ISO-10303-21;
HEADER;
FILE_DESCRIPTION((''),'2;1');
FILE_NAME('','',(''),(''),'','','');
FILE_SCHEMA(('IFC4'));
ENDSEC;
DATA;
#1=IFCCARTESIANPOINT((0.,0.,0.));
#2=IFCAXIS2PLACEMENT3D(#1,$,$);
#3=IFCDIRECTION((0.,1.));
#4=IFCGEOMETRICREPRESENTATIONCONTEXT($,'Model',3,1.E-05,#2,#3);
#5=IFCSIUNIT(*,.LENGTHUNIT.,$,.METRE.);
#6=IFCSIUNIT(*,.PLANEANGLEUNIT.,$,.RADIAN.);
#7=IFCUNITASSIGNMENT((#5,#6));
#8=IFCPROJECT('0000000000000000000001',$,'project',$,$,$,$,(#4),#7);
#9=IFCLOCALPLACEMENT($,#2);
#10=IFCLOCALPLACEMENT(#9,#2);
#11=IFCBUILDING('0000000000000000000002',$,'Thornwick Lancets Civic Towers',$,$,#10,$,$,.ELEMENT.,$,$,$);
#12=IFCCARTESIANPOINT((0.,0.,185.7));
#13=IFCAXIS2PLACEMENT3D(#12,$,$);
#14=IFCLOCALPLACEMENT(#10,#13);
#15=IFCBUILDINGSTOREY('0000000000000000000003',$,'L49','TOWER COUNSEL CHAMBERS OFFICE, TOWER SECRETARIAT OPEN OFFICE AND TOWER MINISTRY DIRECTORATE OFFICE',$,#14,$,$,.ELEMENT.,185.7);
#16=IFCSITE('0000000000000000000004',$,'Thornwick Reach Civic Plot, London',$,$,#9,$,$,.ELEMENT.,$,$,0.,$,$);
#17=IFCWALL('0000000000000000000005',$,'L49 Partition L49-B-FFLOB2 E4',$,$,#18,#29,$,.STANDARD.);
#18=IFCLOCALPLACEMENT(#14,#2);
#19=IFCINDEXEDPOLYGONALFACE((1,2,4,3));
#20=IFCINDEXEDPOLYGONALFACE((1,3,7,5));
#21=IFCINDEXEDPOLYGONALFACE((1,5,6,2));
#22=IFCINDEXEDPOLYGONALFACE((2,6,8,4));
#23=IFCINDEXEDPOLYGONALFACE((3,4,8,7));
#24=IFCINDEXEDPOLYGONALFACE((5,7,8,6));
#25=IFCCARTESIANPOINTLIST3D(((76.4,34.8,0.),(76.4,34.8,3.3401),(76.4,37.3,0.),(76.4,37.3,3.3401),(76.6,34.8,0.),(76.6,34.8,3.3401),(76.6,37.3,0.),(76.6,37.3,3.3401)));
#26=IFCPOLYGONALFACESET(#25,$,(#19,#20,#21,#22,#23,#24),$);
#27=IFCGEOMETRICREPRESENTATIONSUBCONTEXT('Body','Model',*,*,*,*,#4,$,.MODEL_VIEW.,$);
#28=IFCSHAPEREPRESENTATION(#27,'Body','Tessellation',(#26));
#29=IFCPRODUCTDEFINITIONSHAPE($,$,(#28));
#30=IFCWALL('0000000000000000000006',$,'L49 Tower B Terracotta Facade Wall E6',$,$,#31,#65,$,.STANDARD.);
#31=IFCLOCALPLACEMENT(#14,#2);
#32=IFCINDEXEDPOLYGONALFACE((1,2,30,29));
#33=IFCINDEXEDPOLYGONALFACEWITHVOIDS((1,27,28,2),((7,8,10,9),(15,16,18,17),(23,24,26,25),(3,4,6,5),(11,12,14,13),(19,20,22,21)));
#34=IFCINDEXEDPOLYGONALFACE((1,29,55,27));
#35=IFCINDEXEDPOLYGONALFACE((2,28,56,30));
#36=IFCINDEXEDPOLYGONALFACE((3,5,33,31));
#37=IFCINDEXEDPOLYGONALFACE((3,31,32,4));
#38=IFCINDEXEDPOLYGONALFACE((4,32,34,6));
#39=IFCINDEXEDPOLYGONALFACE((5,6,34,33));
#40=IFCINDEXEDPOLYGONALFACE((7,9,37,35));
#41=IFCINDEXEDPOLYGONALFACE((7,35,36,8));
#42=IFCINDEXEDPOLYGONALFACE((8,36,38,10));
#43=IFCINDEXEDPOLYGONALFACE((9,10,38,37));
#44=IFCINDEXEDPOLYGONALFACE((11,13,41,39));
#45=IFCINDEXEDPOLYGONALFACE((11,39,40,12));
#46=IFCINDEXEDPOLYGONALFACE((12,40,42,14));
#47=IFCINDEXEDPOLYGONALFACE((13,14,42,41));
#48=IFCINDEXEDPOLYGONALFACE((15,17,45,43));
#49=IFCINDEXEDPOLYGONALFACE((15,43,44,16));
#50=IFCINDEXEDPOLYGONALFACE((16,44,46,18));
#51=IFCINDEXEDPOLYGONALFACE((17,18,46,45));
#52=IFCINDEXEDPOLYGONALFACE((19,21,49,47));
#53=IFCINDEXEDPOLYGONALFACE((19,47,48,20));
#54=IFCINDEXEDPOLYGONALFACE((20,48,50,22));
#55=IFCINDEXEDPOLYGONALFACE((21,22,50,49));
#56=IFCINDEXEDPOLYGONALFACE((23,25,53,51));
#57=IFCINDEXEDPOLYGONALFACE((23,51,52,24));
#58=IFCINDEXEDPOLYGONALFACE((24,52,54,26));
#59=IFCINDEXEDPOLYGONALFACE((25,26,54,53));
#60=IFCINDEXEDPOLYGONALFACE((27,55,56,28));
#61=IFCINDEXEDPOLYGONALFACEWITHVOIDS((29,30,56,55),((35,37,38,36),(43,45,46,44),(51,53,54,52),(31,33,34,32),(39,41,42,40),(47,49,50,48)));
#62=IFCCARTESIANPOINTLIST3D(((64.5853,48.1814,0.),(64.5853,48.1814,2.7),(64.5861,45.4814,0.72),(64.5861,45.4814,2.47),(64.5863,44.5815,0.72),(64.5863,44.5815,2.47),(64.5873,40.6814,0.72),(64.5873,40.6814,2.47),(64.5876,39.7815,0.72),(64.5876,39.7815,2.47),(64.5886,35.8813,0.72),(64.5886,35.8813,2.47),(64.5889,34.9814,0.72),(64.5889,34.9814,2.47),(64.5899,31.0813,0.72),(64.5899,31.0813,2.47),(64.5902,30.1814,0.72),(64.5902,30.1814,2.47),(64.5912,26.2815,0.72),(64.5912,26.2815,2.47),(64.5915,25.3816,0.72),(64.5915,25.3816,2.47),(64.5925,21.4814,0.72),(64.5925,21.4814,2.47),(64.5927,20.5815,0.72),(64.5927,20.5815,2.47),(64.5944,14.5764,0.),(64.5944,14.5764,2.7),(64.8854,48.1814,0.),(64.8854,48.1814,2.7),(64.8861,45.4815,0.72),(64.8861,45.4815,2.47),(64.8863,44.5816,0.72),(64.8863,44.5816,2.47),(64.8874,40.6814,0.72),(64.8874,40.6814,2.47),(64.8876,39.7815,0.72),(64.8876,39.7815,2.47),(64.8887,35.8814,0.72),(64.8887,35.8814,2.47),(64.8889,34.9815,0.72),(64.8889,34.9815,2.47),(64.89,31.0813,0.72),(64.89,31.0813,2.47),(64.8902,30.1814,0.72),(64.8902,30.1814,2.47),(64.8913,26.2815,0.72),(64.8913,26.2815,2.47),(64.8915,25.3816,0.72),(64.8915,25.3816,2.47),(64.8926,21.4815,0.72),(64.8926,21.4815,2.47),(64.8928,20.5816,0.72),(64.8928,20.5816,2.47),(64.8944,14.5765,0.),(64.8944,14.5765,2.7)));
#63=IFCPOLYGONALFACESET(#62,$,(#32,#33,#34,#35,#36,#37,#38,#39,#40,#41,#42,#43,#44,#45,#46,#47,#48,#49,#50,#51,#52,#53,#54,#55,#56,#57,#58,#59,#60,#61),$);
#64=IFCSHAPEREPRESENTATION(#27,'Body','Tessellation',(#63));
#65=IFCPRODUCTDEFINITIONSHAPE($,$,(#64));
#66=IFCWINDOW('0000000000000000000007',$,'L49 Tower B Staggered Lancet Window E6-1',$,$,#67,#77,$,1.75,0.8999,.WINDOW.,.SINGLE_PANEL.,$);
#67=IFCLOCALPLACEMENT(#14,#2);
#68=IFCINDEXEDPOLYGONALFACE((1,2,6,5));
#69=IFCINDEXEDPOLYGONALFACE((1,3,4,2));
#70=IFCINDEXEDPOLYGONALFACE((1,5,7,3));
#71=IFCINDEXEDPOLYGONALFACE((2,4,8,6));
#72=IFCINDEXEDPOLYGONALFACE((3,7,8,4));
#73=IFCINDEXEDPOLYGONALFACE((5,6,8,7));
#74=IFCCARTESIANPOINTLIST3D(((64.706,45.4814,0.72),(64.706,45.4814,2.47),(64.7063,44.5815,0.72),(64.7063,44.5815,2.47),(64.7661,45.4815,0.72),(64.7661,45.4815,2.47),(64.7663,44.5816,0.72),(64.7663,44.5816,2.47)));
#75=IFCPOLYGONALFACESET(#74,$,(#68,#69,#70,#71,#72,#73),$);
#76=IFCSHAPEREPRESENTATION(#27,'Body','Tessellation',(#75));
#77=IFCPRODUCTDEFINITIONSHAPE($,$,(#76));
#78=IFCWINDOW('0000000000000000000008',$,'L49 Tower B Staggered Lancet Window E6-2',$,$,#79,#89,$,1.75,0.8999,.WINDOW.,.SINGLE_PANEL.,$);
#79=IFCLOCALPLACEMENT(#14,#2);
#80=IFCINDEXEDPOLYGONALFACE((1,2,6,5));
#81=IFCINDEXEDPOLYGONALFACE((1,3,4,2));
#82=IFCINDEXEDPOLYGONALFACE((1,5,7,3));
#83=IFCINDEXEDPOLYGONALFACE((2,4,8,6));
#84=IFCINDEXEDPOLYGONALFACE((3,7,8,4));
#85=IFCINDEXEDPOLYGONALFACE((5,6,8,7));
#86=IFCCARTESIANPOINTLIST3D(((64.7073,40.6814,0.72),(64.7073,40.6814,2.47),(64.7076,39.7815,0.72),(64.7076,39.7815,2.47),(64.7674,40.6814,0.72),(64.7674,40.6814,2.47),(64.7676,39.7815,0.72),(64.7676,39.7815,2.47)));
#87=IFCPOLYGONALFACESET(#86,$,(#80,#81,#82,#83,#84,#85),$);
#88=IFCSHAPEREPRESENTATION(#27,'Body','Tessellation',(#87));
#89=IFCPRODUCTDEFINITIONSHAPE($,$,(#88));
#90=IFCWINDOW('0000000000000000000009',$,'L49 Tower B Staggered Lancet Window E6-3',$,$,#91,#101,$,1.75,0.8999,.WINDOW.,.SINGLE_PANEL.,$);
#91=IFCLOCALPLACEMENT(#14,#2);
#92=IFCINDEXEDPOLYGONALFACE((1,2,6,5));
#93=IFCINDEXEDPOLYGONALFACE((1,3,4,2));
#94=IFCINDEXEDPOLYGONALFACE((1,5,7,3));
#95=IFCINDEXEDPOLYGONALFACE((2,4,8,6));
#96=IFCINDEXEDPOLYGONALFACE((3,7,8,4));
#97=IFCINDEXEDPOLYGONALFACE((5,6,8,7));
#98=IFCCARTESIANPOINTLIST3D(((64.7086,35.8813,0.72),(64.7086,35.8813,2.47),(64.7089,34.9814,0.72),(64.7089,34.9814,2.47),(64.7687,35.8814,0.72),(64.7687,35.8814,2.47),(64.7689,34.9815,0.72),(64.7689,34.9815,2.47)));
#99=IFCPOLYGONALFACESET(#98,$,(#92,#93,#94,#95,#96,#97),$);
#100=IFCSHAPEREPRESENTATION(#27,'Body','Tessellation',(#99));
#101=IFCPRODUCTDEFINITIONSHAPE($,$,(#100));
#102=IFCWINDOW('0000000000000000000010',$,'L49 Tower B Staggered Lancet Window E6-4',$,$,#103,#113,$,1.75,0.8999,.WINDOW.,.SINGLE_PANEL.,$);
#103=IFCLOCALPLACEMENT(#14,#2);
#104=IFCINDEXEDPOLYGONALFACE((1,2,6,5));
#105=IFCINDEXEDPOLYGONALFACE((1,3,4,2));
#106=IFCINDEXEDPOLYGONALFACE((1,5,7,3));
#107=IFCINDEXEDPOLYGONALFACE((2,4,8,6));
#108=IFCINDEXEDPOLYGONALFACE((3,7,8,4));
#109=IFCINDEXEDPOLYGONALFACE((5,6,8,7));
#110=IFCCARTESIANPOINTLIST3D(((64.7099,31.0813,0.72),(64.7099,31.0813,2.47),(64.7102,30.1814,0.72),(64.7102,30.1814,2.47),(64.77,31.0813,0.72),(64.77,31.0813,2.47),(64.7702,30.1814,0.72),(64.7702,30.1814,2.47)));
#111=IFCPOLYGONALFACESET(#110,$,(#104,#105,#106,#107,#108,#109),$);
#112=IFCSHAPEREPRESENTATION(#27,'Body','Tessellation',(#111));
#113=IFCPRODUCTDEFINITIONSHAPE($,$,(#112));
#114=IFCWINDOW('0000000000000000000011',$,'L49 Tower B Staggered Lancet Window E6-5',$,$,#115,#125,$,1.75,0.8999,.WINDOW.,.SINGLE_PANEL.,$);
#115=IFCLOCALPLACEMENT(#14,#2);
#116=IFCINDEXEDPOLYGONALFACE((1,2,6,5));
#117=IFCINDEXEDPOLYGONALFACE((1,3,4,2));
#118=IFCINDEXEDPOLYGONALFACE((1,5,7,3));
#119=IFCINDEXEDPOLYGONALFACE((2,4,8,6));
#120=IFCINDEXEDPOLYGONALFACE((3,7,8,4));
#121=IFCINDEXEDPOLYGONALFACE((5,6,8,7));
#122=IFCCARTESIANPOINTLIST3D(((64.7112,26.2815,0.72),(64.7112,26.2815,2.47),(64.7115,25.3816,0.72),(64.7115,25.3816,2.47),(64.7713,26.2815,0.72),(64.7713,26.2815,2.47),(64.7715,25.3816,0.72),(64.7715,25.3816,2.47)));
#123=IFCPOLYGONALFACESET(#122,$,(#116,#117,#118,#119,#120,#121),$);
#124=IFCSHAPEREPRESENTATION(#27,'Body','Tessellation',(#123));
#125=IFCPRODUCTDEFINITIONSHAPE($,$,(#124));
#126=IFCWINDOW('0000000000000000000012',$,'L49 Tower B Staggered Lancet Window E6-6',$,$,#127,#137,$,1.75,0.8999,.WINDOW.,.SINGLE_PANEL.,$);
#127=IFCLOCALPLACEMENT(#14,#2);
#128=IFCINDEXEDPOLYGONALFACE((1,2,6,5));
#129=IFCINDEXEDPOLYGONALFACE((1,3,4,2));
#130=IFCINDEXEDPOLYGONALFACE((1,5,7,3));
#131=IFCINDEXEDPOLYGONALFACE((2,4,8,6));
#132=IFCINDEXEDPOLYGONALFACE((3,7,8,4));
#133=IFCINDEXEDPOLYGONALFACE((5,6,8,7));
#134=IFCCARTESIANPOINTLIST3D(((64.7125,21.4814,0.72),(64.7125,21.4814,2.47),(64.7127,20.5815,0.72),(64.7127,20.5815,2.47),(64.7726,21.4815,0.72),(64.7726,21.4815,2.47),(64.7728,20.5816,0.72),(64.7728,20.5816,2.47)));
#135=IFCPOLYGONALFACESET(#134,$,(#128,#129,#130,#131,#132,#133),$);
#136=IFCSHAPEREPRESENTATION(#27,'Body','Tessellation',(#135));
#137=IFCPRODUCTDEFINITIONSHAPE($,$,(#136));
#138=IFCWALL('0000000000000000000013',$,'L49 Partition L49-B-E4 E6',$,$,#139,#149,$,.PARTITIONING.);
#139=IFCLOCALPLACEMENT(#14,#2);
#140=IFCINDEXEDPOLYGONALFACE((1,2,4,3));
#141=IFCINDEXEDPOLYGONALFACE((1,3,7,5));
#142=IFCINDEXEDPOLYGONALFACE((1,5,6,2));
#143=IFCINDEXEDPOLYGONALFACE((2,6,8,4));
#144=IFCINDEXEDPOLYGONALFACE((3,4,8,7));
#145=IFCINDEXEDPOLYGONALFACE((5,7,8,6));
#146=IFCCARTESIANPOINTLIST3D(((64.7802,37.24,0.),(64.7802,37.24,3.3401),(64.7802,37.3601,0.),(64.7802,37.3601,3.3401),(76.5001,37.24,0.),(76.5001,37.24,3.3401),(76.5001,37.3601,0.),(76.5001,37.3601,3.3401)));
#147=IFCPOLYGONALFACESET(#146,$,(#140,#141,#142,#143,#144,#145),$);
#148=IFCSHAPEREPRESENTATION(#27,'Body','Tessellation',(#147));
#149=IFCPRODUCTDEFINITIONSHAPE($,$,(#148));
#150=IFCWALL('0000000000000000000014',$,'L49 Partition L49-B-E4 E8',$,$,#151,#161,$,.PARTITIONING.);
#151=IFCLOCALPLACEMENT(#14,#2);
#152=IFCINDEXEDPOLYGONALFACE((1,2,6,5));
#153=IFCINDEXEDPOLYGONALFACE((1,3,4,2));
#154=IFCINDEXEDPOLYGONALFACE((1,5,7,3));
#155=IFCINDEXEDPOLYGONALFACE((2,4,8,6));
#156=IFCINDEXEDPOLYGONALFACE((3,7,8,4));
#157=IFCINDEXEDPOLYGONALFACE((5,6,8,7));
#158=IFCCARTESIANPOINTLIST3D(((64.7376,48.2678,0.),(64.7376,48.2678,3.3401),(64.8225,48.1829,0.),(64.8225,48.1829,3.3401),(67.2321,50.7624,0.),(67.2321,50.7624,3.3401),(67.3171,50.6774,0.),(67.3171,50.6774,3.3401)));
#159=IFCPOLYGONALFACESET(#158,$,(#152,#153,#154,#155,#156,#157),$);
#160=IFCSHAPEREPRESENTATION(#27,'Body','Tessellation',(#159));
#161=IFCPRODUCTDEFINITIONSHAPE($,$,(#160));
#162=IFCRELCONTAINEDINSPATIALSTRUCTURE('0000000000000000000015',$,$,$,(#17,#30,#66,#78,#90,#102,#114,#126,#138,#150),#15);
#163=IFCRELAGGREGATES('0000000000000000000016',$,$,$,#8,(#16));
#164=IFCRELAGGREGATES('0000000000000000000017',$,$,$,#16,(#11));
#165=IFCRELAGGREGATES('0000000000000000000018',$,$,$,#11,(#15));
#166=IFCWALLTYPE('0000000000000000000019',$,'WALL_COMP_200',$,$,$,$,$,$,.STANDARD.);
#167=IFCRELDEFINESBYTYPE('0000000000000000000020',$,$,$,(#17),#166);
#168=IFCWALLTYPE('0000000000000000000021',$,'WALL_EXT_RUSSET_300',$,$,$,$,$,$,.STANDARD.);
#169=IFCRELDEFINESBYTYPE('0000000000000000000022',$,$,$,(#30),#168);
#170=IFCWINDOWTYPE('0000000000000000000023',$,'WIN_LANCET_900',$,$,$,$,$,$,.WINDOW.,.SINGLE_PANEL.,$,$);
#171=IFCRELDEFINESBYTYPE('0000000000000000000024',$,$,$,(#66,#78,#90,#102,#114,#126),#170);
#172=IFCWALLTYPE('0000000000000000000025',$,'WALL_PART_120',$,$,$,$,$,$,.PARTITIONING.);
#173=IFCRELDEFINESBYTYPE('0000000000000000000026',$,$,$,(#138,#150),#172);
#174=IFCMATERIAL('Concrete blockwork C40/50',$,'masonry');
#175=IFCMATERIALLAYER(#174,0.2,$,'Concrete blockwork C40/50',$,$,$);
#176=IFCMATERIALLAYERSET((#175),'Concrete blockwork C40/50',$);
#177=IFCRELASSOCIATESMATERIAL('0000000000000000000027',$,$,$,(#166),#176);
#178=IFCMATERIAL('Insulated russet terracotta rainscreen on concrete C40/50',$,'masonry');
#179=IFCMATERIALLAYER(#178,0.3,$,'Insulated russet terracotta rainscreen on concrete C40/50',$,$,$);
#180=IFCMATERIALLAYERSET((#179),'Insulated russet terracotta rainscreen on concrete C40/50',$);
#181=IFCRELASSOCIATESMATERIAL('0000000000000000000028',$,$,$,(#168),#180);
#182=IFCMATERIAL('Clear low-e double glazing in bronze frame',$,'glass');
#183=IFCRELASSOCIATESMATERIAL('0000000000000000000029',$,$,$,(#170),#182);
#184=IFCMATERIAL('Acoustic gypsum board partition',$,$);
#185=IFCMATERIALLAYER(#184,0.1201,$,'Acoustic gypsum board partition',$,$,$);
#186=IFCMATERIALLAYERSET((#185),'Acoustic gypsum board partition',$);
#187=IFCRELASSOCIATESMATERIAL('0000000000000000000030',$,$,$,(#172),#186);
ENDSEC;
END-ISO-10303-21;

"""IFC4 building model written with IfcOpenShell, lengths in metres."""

from ifc_helpers import new_model, si_unit, direction, frame, frame_2d, origin, place, context, subcontext, project, spatial, rectangle, extrude, material, layer, layer_set, type_object, element, fill, save


model = new_model("IFC4")

# Units and contexts
model_context = context("Model", 3, precision=1e-05, world=origin(), true_north=direction((0.0, 1.0)))
body_context = subcontext(model_context, "Body", "Model", "MODEL_VIEW")
ifc_project = project(units=[si_unit("LENGTHUNIT", "METRE"), si_unit("PLANEANGLEUNIT", "RADIAN")], contexts=[model_context])

# Site, building, storey
site_placement = place(None, origin())
site = spatial("IfcSite", under=ifc_project, at=site_placement, Name="Thornwick Reach Civic Plot, London", CompositionType="ELEMENT", RefElevation=0.0)
building_placement = place(site_placement, origin())
building = spatial("IfcBuilding", under=site, at=building_placement, Name="Thornwick Lancets Civic Towers", CompositionType="ELEMENT")
storey_placement = place(building_placement, frame((0.0, 0.0, 185.7)))
storey = spatial("IfcBuildingStorey", under=building, at=storey_placement, Name="L49", Description="TOWER COUNSEL CHAMBERS OFFICE, TOWER SECRETARIAT OPEN OFFICE AND TOWER MINISTRY DIRECTORATE OFFICE", CompositionType="ELEMENT", Elevation=185.7)

# Wall
ifc_material_1 = material(Name="Concrete blockwork C40/50", Category="masonry")
ifc_layer_1 = layer(ifc_material_1, 0.2, Name="Concrete blockwork C40/50")
ifc_layer_set_1 = layer_set([ifc_layer_1], Name="Concrete blockwork C40/50")
wall_type_1 = type_object("IfcWallType", Name="WALL_COMP_200", PredefinedType="STANDARD", material=ifc_layer_set_1)
wall_1_placement = place(storey_placement, frame((76.5, 37.3, 0.0), z_axis=(0.0, 0.0, 1.0), x_axis=(0.0, -1.0, 0.0)))
element("IfcWall", 1, at=wall_1_placement, inside=storey, type_object=wall_type_1, Name="L49 Partition L49-B-FFLOB2 E4", PredefinedType="STANDARD", context=body_context, shape_type="SweptSolid", body=[
    extrude(rectangle(XDim=2.5, YDim=0.2, at=frame_2d((1.25, 0.0))), origin(), (0.0, 0.0, 1.0), 3.3401),
])

# Wall, openings, windows
ifc_material_2 = material(Name="Insulated russet terracotta rainscreen on concrete C40/50", Category="masonry")
ifc_layer_2 = layer(ifc_material_2, 0.3, Name="Insulated russet terracotta rainscreen on concrete C40/50")
ifc_layer_set_2 = layer_set([ifc_layer_2], Name="Insulated russet terracotta rainscreen on concrete C40/50")
wall_type_2 = type_object("IfcWallType", Name="WALL_EXT_RUSSET_300", PredefinedType="STANDARD", material=ifc_layer_set_2)
wall_2_placement = place(storey_placement, frame((64.7354, 48.1814, 0.0), z_axis=(0.0, 0.0, 1.0), x_axis=(0.000269, -1.0, 0.0)))
wall_2 = element("IfcWall", 2, at=wall_2_placement, inside=storey, type_object=wall_type_2, Name="L49 Tower B Terracotta Facade Wall E6", PredefinedType="STANDARD", context=body_context, shape_type="SweptSolid", body=[
    extrude(rectangle(XDim=33.605, YDim=0.3, at=frame_2d((16.8025, 0.0))), origin(), (0.0, 0.0, 1.0), 2.7),
])
opening_1_placement = place(wall_2_placement, frame((2.7, 0.0, 0.72)))
opening_1 = element("IfcOpeningElement", 3, at=opening_1_placement, cuts=wall_2, PredefinedType="OPENING", context=body_context, shape_type="SweptSolid", body=[
    extrude(rectangle(XDim=0.8999, YDim=1.75, at=frame_2d((0.45, 0.875))), frame((0.0, 0.1602, 0.0), z_axis=(0.0, -1.0, 0.0), x_axis=(1.0, 0.0, 0.0)), (0.0, 0.0, 1.0), 0.3201),
])
opening_2_placement = place(wall_2_placement, frame((7.5, 0.0, 0.72)))
opening_2 = element("IfcOpeningElement", 4, at=opening_2_placement, cuts=wall_2, PredefinedType="OPENING", context=body_context, shape_type="SweptSolid", body=[
    extrude(rectangle(XDim=0.8999, YDim=1.75, at=frame_2d((0.45, 0.875))), frame((0.0, 0.1602, 0.0), z_axis=(0.0, -1.0, 0.0), x_axis=(1.0, 0.0, 0.0)), (0.0, 0.0, 1.0), 0.3201),
])
opening_3_placement = place(wall_2_placement, frame((12.3, 0.0, 0.72)))
opening_3 = element("IfcOpeningElement", 5, at=opening_3_placement, cuts=wall_2, PredefinedType="OPENING", context=body_context, shape_type="SweptSolid", body=[
    extrude(rectangle(XDim=0.8999, YDim=1.75, at=frame_2d((0.45, 0.875))), frame((0.0, 0.1602, 0.0), z_axis=(0.0, -1.0, 0.0), x_axis=(1.0, 0.0, 0.0)), (0.0, 0.0, 1.0), 0.3201),
])
opening_4_placement = place(wall_2_placement, frame((17.1001, 0.0, 0.72)))
opening_4 = element("IfcOpeningElement", 6, at=opening_4_placement, cuts=wall_2, PredefinedType="OPENING", context=body_context, shape_type="SweptSolid", body=[
    extrude(rectangle(XDim=0.8999, YDim=1.75, at=frame_2d((0.45, 0.875))), frame((0.0, 0.1602, 0.0), z_axis=(0.0, -1.0, 0.0), x_axis=(1.0, 0.0, 0.0)), (0.0, 0.0, 1.0), 0.3201),
])
opening_5_placement = place(wall_2_placement, frame((21.8999, 0.0, 0.72)))
opening_5 = element("IfcOpeningElement", 7, at=opening_5_placement, cuts=wall_2, PredefinedType="OPENING", context=body_context, shape_type="SweptSolid", body=[
    extrude(rectangle(XDim=0.8999, YDim=1.75, at=frame_2d((0.45, 0.875))), frame((0.0, 0.1602, 0.0), z_axis=(0.0, -1.0, 0.0), x_axis=(1.0, 0.0, 0.0)), (0.0, 0.0, 1.0), 0.3201),
])
opening_6_placement = place(wall_2_placement, frame((26.7, 0.0, 0.72)))
opening_6 = element("IfcOpeningElement", 8, at=opening_6_placement, cuts=wall_2, PredefinedType="OPENING", context=body_context, shape_type="SweptSolid", body=[
    extrude(rectangle(XDim=0.8999, YDim=1.75, at=frame_2d((0.45, 0.875))), frame((0.0, 0.1602, 0.0), z_axis=(0.0, -1.0, 0.0), x_axis=(1.0, 0.0, 0.0)), (0.0, 0.0, 1.0), 0.3201),
])
ifc_material_3 = material(Name="Clear low-e double glazing in bronze frame", Category="glass")
window_type = type_object("IfcWindowType", Name="WIN_LANCET_900", PartitioningType="SINGLE_PANEL", PredefinedType="WINDOW", material=ifc_material_3)
window_1_placement = place(opening_1_placement, origin())
window_1 = element("IfcWindow", 9, at=window_1_placement, inside=storey, type_object=window_type, Name="L49 Tower B Staggered Lancet Window E6-1", OverallHeight=1.75, OverallWidth=0.8999, PartitioningType="SINGLE_PANEL", PredefinedType="WINDOW", context=body_context, shape_type="SweptSolid", body=[
    extrude(rectangle(XDim=0.8999, YDim=1.75, at=frame_2d((0.45, 0.875))), frame((0.0, 0.03, 0.0), z_axis=(0.0, -1.0, 0.0), x_axis=(1.0, 0.0, 0.0)), (0.0, 0.0, 1.0), 0.0601),
])
fill(opening_1, window_1)
window_2_placement = place(opening_2_placement, origin())
window_2 = element("IfcWindow", 10, at=window_2_placement, inside=storey, type_object=window_type, Name="L49 Tower B Staggered Lancet Window E6-2", OverallHeight=1.75, OverallWidth=0.8999, PartitioningType="SINGLE_PANEL", PredefinedType="WINDOW", context=body_context, shape_type="SweptSolid", body=[
    extrude(rectangle(XDim=0.8999, YDim=1.75, at=frame_2d((0.45, 0.875))), frame((0.0, 0.03, 0.0), z_axis=(0.0, -1.0, 0.0), x_axis=(1.0, 0.0, 0.0)), (0.0, 0.0, 1.0), 0.0601),
])
fill(opening_2, window_2)
window_3_placement = place(opening_3_placement, origin())
window_3 = element("IfcWindow", 11, at=window_3_placement, inside=storey, type_object=window_type, Name="L49 Tower B Staggered Lancet Window E6-3", OverallHeight=1.75, OverallWidth=0.8999, PartitioningType="SINGLE_PANEL", PredefinedType="WINDOW", context=body_context, shape_type="SweptSolid", body=[
    extrude(rectangle(XDim=0.8999, YDim=1.75, at=frame_2d((0.45, 0.875))), frame((0.0, 0.03, 0.0), z_axis=(0.0, -1.0, 0.0), x_axis=(1.0, 0.0, 0.0)), (0.0, 0.0, 1.0), 0.0601),
])
fill(opening_3, window_3)
window_4_placement = place(opening_4_placement, origin())
window_4 = element("IfcWindow", 12, at=window_4_placement, inside=storey, type_object=window_type, Name="L49 Tower B Staggered Lancet Window E6-4", OverallHeight=1.75, OverallWidth=0.8999, PartitioningType="SINGLE_PANEL", PredefinedType="WINDOW", context=body_context, shape_type="SweptSolid", body=[
    extrude(rectangle(XDim=0.8999, YDim=1.75, at=frame_2d((0.45, 0.875))), frame((0.0, 0.03, 0.0), z_axis=(0.0, -1.0, 0.0), x_axis=(1.0, 0.0, 0.0)), (0.0, 0.0, 1.0), 0.0601),
])
fill(opening_4, window_4)
window_5_placement = place(opening_5_placement, origin())
window_5 = element("IfcWindow", 13, at=window_5_placement, inside=storey, type_object=window_type, Name="L49 Tower B Staggered Lancet Window E6-5", OverallHeight=1.75, OverallWidth=0.8999, PartitioningType="SINGLE_PANEL", PredefinedType="WINDOW", context=body_context, shape_type="SweptSolid", body=[
    extrude(rectangle(XDim=0.8999, YDim=1.75, at=frame_2d((0.45, 0.875))), frame((0.0, 0.03, 0.0), z_axis=(0.0, -1.0, 0.0), x_axis=(1.0, 0.0, 0.0)), (0.0, 0.0, 1.0), 0.0601),
])
fill(opening_5, window_5)
window_6_placement = place(opening_6_placement, origin())
window_6 = element("IfcWindow", 14, at=window_6_placement, inside=storey, type_object=window_type, Name="L49 Tower B Staggered Lancet Window E6-6", OverallHeight=1.75, OverallWidth=0.8999, PartitioningType="SINGLE_PANEL", PredefinedType="WINDOW", context=body_context, shape_type="SweptSolid", body=[
    extrude(rectangle(XDim=0.8999, YDim=1.75, at=frame_2d((0.45, 0.875))), frame((0.0, 0.03, 0.0), z_axis=(0.0, -1.0, 0.0), x_axis=(1.0, 0.0, 0.0)), (0.0, 0.0, 1.0), 0.0601),
])
fill(opening_6, window_6)

# Walls
ifc_material_4 = material(Name="Acoustic gypsum board partition")
ifc_layer_3 = layer(ifc_material_4, 0.1201, Name="Acoustic gypsum board partition")
ifc_layer_set_3 = layer_set([ifc_layer_3], Name="Acoustic gypsum board partition")
wall_type_3 = type_object("IfcWallType", Name="WALL_PART_120", PredefinedType="PARTITIONING", material=ifc_layer_set_3)
wall_3_placement = place(storey_placement, frame((76.5, 37.3, 0.0), z_axis=(0.0, 0.0, 1.0), x_axis=(-1.0, 0.0, 0.0)))
element("IfcWall", 15, at=wall_3_placement, inside=storey, type_object=wall_type_3, Name="L49 Partition L49-B-E4 E6", PredefinedType="PARTITIONING", context=body_context, shape_type="SweptSolid", body=[
    extrude(rectangle(XDim=11.72, YDim=0.1201, at=frame_2d((5.8599, 0.0))), origin(), (0.0, 0.0, 1.0), 3.3401),
])
wall_4_placement = place(storey_placement, frame((64.78, 48.2253, 0.0), z_axis=(0.0, 0.0, 1.0), x_axis=(0.707107, 0.707107, 0.0)))
element("IfcWall", 16, at=wall_4_placement, inside=storey, type_object=wall_type_3, Name="L49 Partition L49-B-E4 E8", PredefinedType="PARTITIONING", context=body_context, shape_type="SweptSolid", body=[
    extrude(rectangle(XDim=3.5278, YDim=0.1201, at=frame_2d((1.7639, 0.0))), origin(), (0.0, 0.0, 1.0), 3.3401),
])

save(model, "model.ifc")
